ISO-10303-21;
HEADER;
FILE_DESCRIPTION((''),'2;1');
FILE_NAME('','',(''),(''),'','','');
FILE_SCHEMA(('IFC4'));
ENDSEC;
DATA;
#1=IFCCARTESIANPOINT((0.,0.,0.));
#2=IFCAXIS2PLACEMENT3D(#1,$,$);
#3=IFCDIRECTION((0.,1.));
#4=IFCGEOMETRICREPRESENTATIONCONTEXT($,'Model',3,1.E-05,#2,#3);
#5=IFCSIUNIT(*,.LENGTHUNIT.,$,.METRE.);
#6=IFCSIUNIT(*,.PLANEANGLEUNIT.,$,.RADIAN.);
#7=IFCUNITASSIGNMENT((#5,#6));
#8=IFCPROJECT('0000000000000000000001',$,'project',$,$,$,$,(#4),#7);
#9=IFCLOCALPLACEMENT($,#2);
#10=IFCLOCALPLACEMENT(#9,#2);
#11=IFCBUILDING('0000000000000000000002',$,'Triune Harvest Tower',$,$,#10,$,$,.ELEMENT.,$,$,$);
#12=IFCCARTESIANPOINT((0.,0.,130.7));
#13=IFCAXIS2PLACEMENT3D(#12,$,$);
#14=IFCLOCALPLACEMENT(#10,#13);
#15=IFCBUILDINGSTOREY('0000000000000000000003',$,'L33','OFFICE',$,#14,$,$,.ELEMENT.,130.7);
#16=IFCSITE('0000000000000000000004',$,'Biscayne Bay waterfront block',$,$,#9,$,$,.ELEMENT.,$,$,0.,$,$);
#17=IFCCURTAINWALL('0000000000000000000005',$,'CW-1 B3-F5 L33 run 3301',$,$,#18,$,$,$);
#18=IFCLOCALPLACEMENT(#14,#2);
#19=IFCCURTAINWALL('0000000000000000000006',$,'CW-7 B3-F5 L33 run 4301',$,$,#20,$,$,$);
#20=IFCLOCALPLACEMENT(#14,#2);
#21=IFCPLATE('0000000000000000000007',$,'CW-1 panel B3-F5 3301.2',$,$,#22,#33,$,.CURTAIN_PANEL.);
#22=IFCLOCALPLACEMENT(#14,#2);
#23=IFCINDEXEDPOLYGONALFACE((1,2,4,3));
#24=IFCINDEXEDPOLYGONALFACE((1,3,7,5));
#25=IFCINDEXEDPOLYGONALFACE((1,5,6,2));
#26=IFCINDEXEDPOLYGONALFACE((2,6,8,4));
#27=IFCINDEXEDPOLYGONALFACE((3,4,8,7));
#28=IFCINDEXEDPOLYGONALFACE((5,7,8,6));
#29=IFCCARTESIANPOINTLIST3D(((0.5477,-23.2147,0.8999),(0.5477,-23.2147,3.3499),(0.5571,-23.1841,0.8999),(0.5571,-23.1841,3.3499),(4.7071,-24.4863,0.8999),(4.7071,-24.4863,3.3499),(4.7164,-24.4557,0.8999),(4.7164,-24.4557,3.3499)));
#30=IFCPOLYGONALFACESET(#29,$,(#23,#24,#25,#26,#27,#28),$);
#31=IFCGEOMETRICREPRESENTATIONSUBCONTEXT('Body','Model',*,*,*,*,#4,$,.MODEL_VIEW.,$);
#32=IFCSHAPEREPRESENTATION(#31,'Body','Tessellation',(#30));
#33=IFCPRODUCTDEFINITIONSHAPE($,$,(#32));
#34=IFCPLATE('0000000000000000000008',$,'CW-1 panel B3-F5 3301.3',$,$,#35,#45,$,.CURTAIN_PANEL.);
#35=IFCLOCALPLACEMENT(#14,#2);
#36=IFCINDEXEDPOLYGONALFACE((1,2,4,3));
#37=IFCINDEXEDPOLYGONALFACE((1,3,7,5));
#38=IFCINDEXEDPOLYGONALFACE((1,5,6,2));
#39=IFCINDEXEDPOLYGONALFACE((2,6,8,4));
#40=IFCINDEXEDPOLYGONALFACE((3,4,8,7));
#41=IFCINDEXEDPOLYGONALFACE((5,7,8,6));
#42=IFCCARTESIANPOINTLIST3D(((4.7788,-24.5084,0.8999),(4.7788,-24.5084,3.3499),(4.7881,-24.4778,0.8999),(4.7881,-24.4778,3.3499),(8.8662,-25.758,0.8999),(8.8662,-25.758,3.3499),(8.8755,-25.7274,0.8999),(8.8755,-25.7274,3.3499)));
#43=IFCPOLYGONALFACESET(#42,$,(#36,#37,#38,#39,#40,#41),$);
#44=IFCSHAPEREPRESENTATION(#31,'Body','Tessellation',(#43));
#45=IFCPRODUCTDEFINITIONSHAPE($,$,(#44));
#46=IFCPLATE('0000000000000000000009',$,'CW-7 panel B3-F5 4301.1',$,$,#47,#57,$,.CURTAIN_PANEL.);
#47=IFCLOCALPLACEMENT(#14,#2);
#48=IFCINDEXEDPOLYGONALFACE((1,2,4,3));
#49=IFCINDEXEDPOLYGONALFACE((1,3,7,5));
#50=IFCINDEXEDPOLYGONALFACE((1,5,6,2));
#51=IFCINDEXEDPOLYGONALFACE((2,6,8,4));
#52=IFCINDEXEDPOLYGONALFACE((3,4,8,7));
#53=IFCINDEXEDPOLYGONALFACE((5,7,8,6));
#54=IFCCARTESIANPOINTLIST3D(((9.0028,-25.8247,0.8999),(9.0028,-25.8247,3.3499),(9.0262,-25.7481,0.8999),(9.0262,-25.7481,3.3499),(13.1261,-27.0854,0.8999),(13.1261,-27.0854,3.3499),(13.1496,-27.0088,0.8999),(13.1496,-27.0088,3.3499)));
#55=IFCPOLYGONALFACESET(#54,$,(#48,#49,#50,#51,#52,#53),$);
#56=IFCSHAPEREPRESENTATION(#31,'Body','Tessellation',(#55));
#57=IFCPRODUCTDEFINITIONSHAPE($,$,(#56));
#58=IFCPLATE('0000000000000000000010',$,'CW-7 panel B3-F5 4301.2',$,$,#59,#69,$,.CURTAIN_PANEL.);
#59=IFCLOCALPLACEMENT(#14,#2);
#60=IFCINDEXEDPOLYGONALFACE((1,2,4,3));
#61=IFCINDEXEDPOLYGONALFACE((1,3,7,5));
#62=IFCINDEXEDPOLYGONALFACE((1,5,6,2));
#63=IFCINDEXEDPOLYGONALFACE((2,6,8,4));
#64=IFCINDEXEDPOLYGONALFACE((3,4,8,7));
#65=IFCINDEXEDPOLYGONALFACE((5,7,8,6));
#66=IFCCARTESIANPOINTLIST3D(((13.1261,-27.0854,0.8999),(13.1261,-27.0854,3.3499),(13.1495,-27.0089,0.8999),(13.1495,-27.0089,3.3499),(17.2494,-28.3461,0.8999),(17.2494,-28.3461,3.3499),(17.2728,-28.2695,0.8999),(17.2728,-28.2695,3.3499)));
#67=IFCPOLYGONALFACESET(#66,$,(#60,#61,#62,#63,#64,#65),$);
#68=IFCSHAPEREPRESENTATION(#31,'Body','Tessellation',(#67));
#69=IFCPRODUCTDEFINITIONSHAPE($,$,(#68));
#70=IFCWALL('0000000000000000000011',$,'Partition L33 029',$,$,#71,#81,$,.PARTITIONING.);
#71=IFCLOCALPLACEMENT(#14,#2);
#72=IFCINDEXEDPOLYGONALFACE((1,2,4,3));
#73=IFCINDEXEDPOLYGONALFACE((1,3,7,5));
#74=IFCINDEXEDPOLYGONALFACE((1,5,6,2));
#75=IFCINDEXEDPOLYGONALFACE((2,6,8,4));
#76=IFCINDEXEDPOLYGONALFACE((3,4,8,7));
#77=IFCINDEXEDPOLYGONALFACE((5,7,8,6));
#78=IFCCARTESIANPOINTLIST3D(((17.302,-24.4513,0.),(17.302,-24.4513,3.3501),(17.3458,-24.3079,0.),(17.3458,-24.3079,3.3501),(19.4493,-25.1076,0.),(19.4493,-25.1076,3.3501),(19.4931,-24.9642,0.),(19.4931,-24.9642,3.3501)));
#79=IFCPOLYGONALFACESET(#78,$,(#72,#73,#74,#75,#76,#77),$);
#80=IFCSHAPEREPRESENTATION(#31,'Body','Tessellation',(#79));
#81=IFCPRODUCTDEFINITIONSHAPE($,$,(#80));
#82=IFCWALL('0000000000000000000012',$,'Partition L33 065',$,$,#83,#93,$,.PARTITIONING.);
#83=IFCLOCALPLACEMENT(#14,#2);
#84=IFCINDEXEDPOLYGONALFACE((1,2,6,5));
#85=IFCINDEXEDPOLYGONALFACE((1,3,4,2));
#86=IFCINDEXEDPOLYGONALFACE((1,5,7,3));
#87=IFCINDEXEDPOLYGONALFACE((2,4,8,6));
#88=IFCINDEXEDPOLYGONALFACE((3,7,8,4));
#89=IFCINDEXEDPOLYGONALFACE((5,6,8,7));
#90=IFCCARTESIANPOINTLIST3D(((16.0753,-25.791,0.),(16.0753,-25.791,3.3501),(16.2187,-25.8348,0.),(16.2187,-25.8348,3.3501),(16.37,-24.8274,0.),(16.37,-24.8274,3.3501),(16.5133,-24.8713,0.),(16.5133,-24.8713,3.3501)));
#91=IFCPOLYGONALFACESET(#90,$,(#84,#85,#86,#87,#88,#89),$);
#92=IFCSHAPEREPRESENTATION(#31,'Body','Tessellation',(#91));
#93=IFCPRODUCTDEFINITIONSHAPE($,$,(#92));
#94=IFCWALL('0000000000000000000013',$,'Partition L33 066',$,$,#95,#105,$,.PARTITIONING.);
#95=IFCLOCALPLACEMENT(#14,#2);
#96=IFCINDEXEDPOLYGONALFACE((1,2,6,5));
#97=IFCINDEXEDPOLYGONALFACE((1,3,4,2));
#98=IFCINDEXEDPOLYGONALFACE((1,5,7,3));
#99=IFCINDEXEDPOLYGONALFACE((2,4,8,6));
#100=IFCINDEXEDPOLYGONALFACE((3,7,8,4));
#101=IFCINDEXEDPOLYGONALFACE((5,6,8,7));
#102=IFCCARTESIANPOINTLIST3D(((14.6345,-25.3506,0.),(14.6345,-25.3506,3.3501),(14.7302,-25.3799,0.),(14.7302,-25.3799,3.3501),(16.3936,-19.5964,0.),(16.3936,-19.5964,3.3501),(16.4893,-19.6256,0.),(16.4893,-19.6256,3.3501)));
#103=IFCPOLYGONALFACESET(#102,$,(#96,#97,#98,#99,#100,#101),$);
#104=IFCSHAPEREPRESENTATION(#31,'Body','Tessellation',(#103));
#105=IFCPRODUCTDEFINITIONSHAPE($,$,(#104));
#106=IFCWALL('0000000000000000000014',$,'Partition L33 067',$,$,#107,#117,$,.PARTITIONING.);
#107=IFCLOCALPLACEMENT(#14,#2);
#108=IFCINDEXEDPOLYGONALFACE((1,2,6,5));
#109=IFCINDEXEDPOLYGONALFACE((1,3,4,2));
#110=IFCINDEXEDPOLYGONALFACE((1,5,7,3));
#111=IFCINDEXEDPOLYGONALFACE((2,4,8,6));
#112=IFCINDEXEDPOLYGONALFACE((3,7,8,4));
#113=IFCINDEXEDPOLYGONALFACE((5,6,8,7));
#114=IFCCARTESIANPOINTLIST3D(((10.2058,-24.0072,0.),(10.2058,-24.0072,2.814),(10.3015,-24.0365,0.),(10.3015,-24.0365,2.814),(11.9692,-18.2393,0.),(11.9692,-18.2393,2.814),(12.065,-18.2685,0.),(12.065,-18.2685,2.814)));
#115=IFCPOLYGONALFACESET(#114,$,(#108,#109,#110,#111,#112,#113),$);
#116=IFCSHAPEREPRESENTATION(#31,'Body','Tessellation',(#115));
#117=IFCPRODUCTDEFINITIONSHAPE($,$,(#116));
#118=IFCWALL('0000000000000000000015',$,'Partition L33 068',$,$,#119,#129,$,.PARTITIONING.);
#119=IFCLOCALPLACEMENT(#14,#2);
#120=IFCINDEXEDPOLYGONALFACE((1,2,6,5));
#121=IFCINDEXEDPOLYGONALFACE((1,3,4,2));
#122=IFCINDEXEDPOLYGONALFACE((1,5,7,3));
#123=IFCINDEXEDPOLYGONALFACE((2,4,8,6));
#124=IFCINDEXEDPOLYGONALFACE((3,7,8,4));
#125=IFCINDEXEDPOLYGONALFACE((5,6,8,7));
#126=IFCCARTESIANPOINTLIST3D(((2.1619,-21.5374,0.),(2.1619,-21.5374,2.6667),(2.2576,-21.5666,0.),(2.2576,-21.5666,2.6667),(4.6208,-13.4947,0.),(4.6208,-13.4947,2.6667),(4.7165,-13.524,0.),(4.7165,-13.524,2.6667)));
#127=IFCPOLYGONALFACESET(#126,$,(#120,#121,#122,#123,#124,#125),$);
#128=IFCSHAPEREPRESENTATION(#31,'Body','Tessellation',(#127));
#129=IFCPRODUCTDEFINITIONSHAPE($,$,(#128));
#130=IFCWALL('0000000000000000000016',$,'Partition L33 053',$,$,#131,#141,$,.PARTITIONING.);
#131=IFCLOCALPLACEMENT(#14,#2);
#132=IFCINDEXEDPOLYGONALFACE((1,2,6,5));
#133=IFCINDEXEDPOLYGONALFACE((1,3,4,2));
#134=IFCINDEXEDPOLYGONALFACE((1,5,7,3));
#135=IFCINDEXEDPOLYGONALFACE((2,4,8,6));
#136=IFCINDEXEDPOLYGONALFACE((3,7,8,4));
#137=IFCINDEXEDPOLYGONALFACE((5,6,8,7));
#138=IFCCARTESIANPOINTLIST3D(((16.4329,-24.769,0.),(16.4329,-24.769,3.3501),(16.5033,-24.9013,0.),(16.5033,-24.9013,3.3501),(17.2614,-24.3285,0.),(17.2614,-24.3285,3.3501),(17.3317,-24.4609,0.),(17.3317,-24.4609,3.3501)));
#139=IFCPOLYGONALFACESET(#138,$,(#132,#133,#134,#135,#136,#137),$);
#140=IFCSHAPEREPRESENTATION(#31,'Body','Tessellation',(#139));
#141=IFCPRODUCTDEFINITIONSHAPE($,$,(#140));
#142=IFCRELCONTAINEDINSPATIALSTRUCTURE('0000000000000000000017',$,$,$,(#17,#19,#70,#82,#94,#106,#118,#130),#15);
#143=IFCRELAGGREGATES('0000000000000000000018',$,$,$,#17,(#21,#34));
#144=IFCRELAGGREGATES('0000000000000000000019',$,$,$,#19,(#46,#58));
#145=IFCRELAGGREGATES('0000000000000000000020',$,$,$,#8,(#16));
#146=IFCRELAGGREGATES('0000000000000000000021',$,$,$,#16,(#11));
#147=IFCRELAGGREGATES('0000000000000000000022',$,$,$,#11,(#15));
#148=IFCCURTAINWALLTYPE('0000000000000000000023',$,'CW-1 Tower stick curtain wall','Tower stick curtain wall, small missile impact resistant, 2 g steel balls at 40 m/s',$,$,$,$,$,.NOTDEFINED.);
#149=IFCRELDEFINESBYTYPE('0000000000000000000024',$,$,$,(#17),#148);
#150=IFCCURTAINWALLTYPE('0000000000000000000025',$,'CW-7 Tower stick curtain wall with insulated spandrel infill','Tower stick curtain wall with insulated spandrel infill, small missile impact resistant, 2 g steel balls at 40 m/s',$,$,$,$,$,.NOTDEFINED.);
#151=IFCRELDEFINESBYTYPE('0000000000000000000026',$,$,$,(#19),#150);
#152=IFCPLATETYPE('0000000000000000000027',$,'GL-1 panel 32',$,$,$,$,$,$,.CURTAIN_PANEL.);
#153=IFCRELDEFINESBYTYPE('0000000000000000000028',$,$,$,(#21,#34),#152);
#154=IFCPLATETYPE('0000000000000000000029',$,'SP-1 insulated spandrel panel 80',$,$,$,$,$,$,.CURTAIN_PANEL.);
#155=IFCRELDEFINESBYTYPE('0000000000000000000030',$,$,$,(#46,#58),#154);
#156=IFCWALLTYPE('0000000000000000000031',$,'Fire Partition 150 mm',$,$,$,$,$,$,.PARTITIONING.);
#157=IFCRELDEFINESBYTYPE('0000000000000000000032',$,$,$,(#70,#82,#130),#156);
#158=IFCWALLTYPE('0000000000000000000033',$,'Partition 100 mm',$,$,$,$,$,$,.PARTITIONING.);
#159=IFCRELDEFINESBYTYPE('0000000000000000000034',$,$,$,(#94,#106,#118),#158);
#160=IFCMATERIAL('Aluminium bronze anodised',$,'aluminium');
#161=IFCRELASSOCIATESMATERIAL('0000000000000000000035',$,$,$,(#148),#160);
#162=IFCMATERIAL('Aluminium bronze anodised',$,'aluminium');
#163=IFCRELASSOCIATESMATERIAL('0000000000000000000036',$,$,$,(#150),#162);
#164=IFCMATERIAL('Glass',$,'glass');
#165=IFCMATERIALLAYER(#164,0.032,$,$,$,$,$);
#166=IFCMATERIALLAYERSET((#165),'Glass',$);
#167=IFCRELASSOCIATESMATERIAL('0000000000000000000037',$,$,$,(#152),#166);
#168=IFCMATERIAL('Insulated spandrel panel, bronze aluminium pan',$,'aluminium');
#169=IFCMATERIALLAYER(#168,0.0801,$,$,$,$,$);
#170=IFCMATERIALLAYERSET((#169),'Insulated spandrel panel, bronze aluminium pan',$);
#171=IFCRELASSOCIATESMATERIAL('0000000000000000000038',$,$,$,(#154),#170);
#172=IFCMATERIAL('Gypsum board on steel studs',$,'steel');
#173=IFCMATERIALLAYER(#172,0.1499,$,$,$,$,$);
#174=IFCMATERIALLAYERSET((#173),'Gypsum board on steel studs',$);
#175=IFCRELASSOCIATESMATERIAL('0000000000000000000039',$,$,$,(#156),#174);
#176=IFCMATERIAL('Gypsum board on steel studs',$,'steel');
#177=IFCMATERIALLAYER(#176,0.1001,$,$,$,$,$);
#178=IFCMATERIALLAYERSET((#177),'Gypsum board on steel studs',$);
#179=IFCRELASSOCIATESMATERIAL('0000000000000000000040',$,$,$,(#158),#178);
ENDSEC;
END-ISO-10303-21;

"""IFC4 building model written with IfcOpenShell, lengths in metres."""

from ifc_helpers import new_model, si_unit, direction, frame, frame_2d, origin, origin_2d, place, context, subcontext, project, spatial, rectangle, extrude, source, transform, mapped, material, layer, layer_set, type_object, element, aggregate, save


model = new_model("IFC4")

# Units and contexts
model_context = context("Model", 3, precision=1e-05, world=origin(), true_north=direction((0.0, 1.0)))
body_context = subcontext(model_context, "Body", "Model", "MODEL_VIEW")
ifc_project = project(units=[si_unit("LENGTHUNIT", "METRE"), si_unit("PLANEANGLEUNIT", "RADIAN")], contexts=[model_context])

# Site, building, storey
site_placement = place(None, origin())
site = spatial("IfcSite", under=ifc_project, at=site_placement, Name="Biscayne Bay waterfront block", CompositionType="ELEMENT", RefElevation=0.0)
building_placement = place(site_placement, origin())
building = spatial("IfcBuilding", under=site, at=building_placement, Name="Triune Harvest Tower", CompositionType="ELEMENT")
storey_placement = place(building_placement, frame((0.0, 0.0, 130.7)))
storey = spatial("IfcBuildingStorey", under=building, at=storey_placement, Name="L33", Description="OFFICE", CompositionType="ELEMENT", Elevation=130.7)

# Curtain walls
ifc_material_1 = material(Name="Aluminium bronze anodised", Category="aluminium")
curtain_wall_type_1 = type_object("IfcCurtainWallType", Name="CW-1 Tower stick curtain wall", Description="Tower stick curtain wall, small missile impact resistant, 2 g steel balls at 40 m/s", PredefinedType="NOTDEFINED", material=ifc_material_1)
curtain_wall_1_placement = place(storey_placement, origin())
curtain_wall_1 = element("IfcCurtainWall", 1, at=curtain_wall_1_placement, inside=storey, type_object=curtain_wall_type_1, Name="CW-1 B3-F5 L33 run 3301")
ifc_material_2 = material(Name="Aluminium bronze anodised", Category="aluminium")
curtain_wall_type_2 = type_object("IfcCurtainWallType", Name="CW-7 Tower stick curtain wall with insulated spandrel infill", Description="Tower stick curtain wall with insulated spandrel infill, small missile impact resistant, 2 g steel balls at 40 m/s", PredefinedType="NOTDEFINED", material=ifc_material_2)
curtain_wall_2_placement = place(storey_placement, origin())
curtain_wall_2 = element("IfcCurtainWall", 2, at=curtain_wall_2_placement, inside=storey, type_object=curtain_wall_type_2, Name="CW-7 B3-F5 L33 run 4301")

# Plates
ifc_material_3 = material(Name="Glass", Category="glass")
ifc_layer_1 = layer(ifc_material_3, 0.032)
ifc_layer_set_1 = layer_set([ifc_layer_1], Name="Glass")
plate_type_1 = type_object("IfcPlateType", Name="GL-1 panel 32", PredefinedType="CURTAIN_PANEL", material=ifc_layer_set_1)
plate_1_placement = place(storey_placement, frame((2.6321, -23.8352, 0.8999), z_axis=(0.0, 0.0, 1.0), x_axis=(0.956305, -0.292371, 0.0)))
plate_1 = element("IfcPlate", 3, at=plate_1_placement, type_object=plate_type_1, Name="CW-1 panel B3-F5 3301.2", PredefinedType="CURTAIN_PANEL", context=body_context, shape_type="SweptSolid", body=[
    extrude(rectangle(XDim=4.3494, YDim=0.032, at=origin_2d()), origin(), (0.0, 0.0, 1.0), 2.45),
])
plate_2_placement = place(storey_placement, frame((6.8271, -25.1179, 0.8999), z_axis=(0.0, 0.0, 1.0), x_axis=(0.956305, -0.292371, 0.0)))
plate_2 = element("IfcPlate", 4, at=plate_2_placement, type_object=plate_type_1, Name="CW-1 panel B3-F5 3301.3", PredefinedType="CURTAIN_PANEL", context=body_context, shape_type="SweptSolid", body=[
    extrude(rectangle(XDim=4.2742, YDim=0.032, at=origin_2d()), origin(), (0.0, 0.0, 1.0), 2.45),
])
aggregate(curtain_wall_1, [plate_1, plate_2])
ifc_material_4 = material(Name="Insulated spandrel panel, bronze aluminium pan", Category="aluminium")
ifc_layer_2 = layer(ifc_material_4, 0.0801)
ifc_layer_set_2 = layer_set([ifc_layer_2], Name="Insulated spandrel panel, bronze aluminium pan")
plate_type_2 = type_object("IfcPlateType", Name="SP-1 insulated spandrel panel 80", PredefinedType="CURTAIN_PANEL", material=ifc_layer_set_2)
shared_shape_1 = source(origin(), body_context, "Body", "SweptSolid", [
    extrude(rectangle(XDim=4.3118, YDim=0.0801, at=origin_2d()), origin(), (0.0, 0.0, 1.0), 2.45),
])
plate_3_placement = place(storey_placement, frame((11.0762, -26.4167, 0.8999), z_axis=(0.0, 0.0, 1.0), x_axis=(0.956303, -0.292378, 0.0)))
plate_3 = element("IfcPlate", 5, at=plate_3_placement, type_object=plate_type_2, Name="CW-7 panel B3-F5 4301.1", PredefinedType="CURTAIN_PANEL", context=body_context, shape_type="MappedRepresentation", body=[
    mapped(shared_shape_1, transform((0.0, 0.0, 0.0), scale=1.0)),
])
plate_4_placement = place(storey_placement, frame((15.1995, -27.6775, 0.8999), z_axis=(0.0, 0.0, 1.0), x_axis=(0.956303, -0.292378, 0.0)))
plate_4 = element("IfcPlate", 6, at=plate_4_placement, type_object=plate_type_2, Name="CW-7 panel B3-F5 4301.2", PredefinedType="CURTAIN_PANEL", context=body_context, shape_type="MappedRepresentation", body=[
    mapped(shared_shape_1, transform((0.0, 0.0, 0.0), scale=1.0)),
])
aggregate(curtain_wall_2, [plate_3, plate_4])

# Walls
ifc_material_5 = material(Name="Gypsum board on steel studs", Category="steel")
ifc_layer_3 = layer(ifc_material_5, 0.1499)
ifc_layer_set_3 = layer_set([ifc_layer_3], Name="Gypsum board on steel studs")
wall_type_1 = type_object("IfcWallType", Name="Fire Partition 150 mm", PredefinedType="PARTITIONING", material=ifc_layer_set_3)
wall_1_placement = place(storey_placement, frame((17.324, -24.3796, 0.0), z_axis=(0.0, 0.0, 1.0), x_axis=(0.956332, -0.292282, 0.0)))
element("IfcWall", 7, at=wall_1_placement, inside=storey, type_object=wall_type_1, Name="Partition L33 029", PredefinedType="PARTITIONING", context=body_context, shape_type="SweptSolid", body=[
    extrude(rectangle(XDim=2.2454, YDim=0.1499, at=frame_2d((1.1226, 0.0))), origin(), (0.0, 0.0, 1.0), 3.3501),
])
wall_2_placement = place(storey_placement, frame((16.147, -25.813, 0.0), z_axis=(0.0, 0.0, 1.0), x_axis=(0.292434, 0.956286, 0.0)))
element("IfcWall", 8, at=wall_2_placement, inside=storey, type_object=wall_type_1, Name="Partition L33 065", PredefinedType="PARTITIONING", context=body_context, shape_type="SweptSolid", body=[
    extrude(rectangle(XDim=1.0076, YDim=0.1499, at=frame_2d((0.5039, 0.0))), origin(), (0.0, 0.0, 1.0), 3.3501),
])
ifc_material_6 = material(Name="Gypsum board on steel studs", Category="steel")
ifc_layer_4 = layer(ifc_material_6, 0.1001)
ifc_layer_set_4 = layer_set([ifc_layer_4], Name="Gypsum board on steel studs")
wall_type_2 = type_object("IfcWallType", Name="Partition 100 mm", PredefinedType="PARTITIONING", material=ifc_layer_set_4)
wall_3_placement = place(storey_placement, frame((14.6824, -25.3652, 0.0), z_axis=(0.0, 0.0, 1.0), x_axis=(0.292343, 0.956313, 0.0)))
element("IfcWall", 9, at=wall_3_placement, inside=storey, type_object=wall_type_2, Name="Partition L33 066", PredefinedType="PARTITIONING", context=body_context, shape_type="SweptSolid", body=[
    extrude(rectangle(XDim=6.0171, YDim=0.1001, at=frame_2d((3.0085, 0.0))), origin(), (0.0, 0.0, 1.0), 3.3501),
])
wall_4_placement = place(storey_placement, frame((10.2537, -24.0217, 0.0), z_axis=(0.0, 0.0, 1.0), x_axis=(0.292376, 0.956303, 0.0)))
element("IfcWall", 10, at=wall_4_placement, inside=storey, type_object=wall_type_2, Name="Partition L33 067", PredefinedType="PARTITIONING", context=body_context, shape_type="SweptSolid", body=[
    extrude(rectangle(XDim=6.0315, YDim=0.1001, at=frame_2d((3.0156, 0.0))), origin(), (0.0, 0.0, 1.0), 2.814),
])
wall_5_placement = place(storey_placement, frame((2.2097, -21.552, 0.0), z_axis=(0.0, 0.0, 1.0), x_axis=(0.29238, 0.956302, 0.0)))
element("IfcWall", 11, at=wall_5_placement, inside=storey, type_object=wall_type_2, Name="Partition L33 068", PredefinedType="PARTITIONING", context=body_context, shape_type="SweptSolid", body=[
    extrude(rectangle(XDim=8.4102, YDim=0.1001, at=frame_2d((4.2051, 0.0))), origin(), (0.0, 0.0, 1.0), 2.6667),
])
shared_shape_2 = source(origin(), body_context, "Body", "SweptSolid", [
    extrude(rectangle(XDim=0.9382, YDim=0.1499, at=frame_2d((0.4692, 0.0))), origin(), (0.0, 0.0, 1.0), 3.3501),
])
wall_6_placement = place(storey_placement, frame((16.468, -24.8352, 0.0), z_axis=(0.0, 0.0, 1.0), x_axis=(0.882957, 0.469453, 0.0)))
element("IfcWall", 12, at=wall_6_placement, inside=storey, type_object=wall_type_1, Name="Partition L33 053", PredefinedType="PARTITIONING", context=body_context, shape_type="MappedRepresentation", body=[
    mapped(shared_shape_2, transform((0.0, 0.0, 0.0), scale=1.0)),
])

save(model, "model.ifc")
